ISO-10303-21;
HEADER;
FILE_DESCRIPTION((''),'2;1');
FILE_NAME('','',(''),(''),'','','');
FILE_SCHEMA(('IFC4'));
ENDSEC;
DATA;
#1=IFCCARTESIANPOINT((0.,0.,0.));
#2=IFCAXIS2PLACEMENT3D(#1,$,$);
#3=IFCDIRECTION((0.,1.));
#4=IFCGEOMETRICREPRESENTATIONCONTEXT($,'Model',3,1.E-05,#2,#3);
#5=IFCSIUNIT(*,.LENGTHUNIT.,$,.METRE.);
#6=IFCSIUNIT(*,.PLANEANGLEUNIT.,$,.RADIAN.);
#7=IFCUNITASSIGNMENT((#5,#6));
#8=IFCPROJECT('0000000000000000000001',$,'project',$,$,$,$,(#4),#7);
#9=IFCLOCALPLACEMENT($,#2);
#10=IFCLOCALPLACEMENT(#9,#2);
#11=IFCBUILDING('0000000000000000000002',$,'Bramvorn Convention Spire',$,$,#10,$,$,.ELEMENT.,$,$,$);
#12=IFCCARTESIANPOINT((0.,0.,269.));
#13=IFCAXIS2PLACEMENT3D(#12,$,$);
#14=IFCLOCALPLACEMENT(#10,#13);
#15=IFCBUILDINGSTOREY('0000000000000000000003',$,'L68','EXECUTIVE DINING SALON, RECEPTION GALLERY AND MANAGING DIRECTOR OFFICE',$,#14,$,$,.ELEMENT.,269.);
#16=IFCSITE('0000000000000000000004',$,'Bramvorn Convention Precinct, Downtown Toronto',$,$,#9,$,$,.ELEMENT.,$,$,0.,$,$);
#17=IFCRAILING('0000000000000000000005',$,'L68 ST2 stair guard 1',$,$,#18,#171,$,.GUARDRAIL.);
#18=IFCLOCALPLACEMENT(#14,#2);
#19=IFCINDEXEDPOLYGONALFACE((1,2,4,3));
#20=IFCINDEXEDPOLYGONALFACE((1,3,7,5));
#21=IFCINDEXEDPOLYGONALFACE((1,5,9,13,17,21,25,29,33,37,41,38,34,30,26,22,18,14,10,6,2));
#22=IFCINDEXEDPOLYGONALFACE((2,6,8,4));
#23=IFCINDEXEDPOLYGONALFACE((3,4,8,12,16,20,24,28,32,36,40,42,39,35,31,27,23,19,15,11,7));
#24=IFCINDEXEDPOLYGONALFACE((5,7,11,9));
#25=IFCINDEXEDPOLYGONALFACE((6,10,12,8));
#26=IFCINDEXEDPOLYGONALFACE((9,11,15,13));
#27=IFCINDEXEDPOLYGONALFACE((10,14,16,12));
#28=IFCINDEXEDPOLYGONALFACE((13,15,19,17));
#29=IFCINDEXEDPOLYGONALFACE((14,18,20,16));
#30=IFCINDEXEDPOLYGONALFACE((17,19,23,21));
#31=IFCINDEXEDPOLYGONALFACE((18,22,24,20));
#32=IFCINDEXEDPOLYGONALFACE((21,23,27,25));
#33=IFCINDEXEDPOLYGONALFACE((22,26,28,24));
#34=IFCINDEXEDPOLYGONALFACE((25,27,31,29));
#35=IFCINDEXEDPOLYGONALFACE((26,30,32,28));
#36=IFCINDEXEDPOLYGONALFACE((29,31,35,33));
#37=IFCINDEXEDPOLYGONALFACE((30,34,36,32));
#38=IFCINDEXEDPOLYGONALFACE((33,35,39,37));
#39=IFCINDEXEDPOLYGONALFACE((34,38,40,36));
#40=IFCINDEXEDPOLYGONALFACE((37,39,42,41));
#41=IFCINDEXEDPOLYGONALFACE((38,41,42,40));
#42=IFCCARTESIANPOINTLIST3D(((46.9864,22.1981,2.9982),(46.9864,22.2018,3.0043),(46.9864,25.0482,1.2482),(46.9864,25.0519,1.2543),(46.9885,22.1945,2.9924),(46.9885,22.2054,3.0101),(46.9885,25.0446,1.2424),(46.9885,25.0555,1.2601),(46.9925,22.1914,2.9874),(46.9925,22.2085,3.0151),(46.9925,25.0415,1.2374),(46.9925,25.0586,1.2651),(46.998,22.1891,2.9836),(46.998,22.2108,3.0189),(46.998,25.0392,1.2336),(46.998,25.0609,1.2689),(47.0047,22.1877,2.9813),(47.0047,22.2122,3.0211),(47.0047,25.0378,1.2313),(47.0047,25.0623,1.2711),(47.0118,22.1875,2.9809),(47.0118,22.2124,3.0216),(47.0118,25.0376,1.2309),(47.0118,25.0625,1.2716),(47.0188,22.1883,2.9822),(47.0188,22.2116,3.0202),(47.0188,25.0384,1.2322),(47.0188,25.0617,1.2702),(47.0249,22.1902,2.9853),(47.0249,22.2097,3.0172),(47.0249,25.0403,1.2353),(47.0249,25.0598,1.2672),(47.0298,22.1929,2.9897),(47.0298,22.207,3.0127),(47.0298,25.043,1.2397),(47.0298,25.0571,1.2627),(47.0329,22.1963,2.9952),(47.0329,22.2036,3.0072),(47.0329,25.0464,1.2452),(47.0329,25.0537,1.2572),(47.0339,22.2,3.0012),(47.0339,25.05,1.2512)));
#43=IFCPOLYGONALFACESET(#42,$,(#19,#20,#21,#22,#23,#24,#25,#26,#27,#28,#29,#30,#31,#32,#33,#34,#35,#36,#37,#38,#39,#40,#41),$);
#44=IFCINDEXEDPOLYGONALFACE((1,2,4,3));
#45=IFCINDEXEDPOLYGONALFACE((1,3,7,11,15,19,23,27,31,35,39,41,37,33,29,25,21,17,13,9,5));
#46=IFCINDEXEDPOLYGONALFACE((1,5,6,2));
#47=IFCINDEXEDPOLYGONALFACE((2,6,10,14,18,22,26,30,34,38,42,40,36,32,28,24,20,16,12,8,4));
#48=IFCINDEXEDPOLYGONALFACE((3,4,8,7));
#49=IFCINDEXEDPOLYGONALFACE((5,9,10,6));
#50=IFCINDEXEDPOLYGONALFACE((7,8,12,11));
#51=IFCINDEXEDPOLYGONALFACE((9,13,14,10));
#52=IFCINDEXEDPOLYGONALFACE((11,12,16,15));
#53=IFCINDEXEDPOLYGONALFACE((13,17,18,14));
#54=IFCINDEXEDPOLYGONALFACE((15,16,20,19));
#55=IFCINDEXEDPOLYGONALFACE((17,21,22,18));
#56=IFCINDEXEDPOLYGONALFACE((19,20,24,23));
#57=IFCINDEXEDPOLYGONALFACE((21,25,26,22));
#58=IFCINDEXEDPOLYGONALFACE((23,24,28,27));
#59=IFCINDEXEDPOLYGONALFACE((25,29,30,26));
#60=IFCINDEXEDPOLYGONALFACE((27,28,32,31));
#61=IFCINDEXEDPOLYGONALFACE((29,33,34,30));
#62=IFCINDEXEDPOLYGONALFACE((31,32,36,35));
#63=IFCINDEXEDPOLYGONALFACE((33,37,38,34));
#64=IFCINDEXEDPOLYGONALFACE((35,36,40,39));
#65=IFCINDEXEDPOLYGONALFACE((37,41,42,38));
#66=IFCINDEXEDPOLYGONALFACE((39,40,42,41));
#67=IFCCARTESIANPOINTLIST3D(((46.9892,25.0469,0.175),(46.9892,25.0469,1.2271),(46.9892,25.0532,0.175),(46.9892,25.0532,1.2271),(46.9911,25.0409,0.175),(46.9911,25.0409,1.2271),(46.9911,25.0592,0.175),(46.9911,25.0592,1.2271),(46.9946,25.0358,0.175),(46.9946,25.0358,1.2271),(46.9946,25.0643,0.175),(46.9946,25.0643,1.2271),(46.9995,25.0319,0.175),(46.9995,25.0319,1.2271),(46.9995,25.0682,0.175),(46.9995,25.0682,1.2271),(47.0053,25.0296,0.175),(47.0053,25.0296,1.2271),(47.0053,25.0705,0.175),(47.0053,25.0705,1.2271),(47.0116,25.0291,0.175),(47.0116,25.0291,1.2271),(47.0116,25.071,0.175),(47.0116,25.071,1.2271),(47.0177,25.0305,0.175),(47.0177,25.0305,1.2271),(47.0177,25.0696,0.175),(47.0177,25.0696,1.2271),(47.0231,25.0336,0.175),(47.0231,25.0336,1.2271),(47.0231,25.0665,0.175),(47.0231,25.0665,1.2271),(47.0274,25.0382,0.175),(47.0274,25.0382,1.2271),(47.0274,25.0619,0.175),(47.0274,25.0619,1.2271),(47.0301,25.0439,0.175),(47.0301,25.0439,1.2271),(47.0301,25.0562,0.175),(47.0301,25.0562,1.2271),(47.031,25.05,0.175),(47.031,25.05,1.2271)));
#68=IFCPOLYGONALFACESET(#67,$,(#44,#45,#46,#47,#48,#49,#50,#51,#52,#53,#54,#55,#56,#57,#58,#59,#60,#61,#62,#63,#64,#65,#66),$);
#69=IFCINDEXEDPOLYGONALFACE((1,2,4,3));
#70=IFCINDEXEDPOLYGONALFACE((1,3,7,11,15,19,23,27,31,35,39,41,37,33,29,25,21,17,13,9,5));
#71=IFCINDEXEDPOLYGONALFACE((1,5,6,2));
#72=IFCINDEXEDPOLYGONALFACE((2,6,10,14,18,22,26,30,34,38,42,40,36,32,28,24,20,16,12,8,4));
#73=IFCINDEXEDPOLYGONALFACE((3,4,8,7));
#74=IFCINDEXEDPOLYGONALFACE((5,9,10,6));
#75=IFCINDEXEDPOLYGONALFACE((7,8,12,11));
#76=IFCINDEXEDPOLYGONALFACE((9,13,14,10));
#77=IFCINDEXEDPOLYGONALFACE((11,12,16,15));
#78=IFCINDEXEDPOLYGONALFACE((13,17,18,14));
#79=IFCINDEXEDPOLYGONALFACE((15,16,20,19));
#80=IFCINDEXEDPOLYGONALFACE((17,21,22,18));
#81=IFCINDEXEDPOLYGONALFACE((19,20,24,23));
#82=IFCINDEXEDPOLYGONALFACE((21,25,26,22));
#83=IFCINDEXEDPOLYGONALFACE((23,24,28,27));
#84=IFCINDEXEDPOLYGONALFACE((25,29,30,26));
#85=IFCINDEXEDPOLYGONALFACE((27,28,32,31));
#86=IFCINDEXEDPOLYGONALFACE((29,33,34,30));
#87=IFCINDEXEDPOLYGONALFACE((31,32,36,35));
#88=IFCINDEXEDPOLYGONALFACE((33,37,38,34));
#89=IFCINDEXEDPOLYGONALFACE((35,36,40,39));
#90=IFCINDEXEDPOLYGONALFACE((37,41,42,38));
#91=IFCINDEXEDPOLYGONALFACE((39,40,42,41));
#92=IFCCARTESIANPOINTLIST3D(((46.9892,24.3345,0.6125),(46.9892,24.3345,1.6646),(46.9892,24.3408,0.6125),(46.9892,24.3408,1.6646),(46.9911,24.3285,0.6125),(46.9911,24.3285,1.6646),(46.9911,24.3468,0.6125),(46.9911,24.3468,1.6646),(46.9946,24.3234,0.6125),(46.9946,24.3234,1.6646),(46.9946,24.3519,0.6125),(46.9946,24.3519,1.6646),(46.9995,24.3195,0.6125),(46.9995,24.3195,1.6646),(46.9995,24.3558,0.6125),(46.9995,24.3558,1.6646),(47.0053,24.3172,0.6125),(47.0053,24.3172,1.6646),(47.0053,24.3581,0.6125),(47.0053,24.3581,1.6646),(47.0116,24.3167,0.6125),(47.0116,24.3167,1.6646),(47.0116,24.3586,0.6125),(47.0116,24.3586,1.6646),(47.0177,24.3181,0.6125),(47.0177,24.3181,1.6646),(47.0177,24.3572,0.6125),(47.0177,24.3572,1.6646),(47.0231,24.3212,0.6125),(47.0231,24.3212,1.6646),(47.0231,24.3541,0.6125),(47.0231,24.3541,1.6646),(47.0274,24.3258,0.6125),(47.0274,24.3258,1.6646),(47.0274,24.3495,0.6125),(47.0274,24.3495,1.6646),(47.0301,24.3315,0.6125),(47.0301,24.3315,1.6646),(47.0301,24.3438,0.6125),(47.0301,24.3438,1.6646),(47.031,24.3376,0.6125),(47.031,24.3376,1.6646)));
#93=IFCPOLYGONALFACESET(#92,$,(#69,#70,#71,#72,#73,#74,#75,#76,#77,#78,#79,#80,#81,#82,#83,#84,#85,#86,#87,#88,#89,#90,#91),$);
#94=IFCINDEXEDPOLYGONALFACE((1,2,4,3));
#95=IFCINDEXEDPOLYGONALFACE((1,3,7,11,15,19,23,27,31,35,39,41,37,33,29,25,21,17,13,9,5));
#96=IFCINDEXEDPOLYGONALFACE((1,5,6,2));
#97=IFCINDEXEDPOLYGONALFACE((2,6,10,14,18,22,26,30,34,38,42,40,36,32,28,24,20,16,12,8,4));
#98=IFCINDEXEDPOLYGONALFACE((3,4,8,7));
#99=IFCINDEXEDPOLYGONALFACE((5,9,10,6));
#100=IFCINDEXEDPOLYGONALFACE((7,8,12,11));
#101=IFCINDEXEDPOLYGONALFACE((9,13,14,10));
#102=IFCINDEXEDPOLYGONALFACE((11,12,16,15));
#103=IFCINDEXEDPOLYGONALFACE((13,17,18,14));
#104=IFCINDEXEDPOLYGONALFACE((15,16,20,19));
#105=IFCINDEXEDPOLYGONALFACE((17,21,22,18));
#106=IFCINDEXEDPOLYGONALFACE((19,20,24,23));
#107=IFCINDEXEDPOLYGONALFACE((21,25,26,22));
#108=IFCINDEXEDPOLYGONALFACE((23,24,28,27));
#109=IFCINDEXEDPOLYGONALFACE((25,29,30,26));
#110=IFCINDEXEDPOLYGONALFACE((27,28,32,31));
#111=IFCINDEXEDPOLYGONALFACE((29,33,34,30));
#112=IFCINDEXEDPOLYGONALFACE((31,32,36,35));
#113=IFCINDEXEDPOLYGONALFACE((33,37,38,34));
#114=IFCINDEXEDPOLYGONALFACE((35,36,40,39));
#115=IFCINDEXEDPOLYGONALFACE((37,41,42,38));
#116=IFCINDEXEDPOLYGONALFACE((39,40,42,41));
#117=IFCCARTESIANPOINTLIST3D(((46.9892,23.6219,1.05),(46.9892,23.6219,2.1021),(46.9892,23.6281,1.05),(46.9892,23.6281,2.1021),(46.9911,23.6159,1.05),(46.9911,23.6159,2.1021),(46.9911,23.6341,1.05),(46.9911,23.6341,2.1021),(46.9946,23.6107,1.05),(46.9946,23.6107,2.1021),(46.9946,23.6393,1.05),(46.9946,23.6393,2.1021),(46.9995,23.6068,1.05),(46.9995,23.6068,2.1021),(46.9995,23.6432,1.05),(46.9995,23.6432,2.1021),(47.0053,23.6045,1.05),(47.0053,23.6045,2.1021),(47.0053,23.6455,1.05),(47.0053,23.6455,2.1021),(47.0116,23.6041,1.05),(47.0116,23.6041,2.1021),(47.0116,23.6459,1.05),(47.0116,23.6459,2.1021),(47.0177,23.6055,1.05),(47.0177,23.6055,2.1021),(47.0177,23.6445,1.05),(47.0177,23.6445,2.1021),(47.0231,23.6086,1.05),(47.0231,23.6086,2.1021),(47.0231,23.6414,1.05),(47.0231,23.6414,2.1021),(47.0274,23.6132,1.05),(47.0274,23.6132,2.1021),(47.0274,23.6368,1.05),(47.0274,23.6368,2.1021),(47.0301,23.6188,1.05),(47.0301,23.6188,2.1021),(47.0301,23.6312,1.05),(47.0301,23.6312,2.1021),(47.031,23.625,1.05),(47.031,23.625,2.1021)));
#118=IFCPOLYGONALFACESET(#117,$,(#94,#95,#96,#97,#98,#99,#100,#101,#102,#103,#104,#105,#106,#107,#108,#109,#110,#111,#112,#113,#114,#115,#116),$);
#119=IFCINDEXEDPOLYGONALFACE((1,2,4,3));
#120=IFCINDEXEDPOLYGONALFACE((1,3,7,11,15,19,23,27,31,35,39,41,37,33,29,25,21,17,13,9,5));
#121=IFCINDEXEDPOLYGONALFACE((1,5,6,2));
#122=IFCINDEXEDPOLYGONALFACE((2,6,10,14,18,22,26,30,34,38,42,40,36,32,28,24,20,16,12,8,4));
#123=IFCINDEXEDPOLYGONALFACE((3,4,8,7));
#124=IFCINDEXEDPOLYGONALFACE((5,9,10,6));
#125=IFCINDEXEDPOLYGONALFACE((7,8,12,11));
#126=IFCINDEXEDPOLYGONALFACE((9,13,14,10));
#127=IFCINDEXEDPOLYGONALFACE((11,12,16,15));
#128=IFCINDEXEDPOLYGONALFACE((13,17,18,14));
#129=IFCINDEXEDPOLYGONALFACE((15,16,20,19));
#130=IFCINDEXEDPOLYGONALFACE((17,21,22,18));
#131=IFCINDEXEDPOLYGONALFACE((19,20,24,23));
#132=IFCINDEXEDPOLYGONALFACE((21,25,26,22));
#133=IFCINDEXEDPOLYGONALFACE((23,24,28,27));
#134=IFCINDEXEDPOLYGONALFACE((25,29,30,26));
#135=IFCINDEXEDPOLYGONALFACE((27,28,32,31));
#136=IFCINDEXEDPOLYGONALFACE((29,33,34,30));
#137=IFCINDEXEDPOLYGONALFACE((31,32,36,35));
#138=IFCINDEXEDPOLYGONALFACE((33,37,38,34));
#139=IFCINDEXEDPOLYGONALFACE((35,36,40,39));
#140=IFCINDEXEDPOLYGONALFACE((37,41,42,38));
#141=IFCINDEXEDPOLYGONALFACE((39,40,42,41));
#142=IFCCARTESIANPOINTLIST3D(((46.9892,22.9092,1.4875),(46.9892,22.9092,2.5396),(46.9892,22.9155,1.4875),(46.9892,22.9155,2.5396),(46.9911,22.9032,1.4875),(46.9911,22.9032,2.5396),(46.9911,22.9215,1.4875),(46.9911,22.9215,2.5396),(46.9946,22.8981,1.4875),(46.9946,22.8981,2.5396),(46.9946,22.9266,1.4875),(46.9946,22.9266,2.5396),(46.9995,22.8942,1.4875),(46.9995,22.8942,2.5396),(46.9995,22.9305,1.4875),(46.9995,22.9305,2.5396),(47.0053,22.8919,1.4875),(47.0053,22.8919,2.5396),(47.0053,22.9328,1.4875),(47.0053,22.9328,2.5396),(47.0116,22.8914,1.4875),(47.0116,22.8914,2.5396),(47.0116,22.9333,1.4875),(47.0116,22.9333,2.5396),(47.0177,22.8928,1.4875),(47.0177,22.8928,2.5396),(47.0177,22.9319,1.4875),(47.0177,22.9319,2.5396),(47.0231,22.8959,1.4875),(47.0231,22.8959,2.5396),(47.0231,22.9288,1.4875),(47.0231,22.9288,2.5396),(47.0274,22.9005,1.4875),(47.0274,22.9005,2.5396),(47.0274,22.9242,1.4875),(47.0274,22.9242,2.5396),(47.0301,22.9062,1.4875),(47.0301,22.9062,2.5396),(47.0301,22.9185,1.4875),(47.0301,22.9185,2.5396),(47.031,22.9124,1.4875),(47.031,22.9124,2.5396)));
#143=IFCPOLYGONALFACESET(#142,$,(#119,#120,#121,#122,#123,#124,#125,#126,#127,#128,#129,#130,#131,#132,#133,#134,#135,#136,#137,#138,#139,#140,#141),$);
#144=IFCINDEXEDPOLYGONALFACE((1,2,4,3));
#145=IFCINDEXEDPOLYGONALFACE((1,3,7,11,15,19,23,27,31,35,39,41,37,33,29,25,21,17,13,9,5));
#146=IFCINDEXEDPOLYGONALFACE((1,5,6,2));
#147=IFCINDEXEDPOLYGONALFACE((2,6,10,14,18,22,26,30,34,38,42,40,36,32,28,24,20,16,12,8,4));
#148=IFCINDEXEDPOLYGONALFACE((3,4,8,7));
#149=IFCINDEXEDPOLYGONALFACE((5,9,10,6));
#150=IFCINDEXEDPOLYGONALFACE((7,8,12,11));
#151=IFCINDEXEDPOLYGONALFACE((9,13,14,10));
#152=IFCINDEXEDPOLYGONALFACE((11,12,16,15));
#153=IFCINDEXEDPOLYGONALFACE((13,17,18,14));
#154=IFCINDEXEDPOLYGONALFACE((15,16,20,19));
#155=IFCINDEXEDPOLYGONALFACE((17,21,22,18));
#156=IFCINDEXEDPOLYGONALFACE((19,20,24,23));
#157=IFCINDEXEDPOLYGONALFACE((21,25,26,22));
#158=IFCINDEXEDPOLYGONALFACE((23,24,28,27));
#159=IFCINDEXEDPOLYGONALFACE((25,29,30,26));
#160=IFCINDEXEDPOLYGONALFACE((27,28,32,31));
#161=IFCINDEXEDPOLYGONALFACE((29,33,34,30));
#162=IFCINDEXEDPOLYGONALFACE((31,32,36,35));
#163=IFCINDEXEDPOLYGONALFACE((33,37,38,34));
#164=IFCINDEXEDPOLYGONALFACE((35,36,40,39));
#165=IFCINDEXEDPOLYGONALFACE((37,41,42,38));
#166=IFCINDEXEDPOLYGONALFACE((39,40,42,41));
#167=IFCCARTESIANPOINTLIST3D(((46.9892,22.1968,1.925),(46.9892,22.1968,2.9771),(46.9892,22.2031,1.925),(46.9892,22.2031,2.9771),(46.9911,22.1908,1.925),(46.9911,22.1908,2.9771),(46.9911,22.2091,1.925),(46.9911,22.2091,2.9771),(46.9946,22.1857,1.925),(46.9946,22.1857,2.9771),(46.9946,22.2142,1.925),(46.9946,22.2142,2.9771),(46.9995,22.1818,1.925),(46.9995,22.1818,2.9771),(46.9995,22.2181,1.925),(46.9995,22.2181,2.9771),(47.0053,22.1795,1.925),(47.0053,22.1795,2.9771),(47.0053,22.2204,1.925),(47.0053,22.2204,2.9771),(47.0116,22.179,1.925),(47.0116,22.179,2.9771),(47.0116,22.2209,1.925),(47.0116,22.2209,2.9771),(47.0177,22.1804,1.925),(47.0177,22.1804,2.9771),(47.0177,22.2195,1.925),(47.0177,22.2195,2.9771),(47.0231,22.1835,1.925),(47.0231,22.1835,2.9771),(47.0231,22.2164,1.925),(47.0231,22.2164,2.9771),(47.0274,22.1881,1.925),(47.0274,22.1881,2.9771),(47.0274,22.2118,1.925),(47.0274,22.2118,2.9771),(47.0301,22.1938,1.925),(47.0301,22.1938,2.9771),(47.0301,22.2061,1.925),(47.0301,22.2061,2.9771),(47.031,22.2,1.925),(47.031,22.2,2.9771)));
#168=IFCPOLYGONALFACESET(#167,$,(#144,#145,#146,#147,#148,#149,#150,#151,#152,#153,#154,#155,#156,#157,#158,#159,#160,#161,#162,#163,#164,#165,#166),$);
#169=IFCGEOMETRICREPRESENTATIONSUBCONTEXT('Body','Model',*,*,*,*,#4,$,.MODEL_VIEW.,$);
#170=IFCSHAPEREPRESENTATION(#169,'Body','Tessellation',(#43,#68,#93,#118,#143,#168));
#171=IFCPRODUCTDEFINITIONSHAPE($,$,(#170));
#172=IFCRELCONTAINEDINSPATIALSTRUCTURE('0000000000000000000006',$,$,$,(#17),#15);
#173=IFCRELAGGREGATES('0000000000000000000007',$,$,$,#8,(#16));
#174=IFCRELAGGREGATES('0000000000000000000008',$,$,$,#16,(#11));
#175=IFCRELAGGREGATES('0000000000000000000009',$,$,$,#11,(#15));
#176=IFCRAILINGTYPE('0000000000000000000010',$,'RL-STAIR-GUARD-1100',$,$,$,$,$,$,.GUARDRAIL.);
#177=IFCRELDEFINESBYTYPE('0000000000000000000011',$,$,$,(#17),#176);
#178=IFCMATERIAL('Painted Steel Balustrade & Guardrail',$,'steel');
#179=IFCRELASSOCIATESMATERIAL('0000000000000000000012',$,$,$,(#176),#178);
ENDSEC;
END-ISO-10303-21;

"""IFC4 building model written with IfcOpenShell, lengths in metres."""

from ifc_helpers import new_model, si_unit, direction, frame, origin, origin_2d, place, context, subcontext, project, spatial, circle, extrude, material, type_object, element, save


model = new_model("IFC4")

# Units and contexts
model_context = context("Model", 3, precision=1e-05, world=origin(), true_north=direction((0.0, 1.0)))
body_context = subcontext(model_context, "Body", "Model", "MODEL_VIEW")
ifc_project = project(units=[si_unit("LENGTHUNIT", "METRE"), si_unit("PLANEANGLEUNIT", "RADIAN")], contexts=[model_context])

# Site, building, storey
site_placement = place(None, origin())
site = spatial("IfcSite", under=ifc_project, at=site_placement, Name="Bramvorn Convention Precinct, Downtown Toronto", CompositionType="ELEMENT", RefElevation=0.0)
building_placement = place(site_placement, origin())
building = spatial("IfcBuilding", under=site, at=building_placement, Name="Bramvorn Convention Spire", CompositionType="ELEMENT")
storey_placement = place(building_placement, frame((0.0, 0.0, 269.0)))
storey = spatial("IfcBuildingStorey", under=building, at=storey_placement, Name="L68", Description="EXECUTIVE DINING SALON, RECEPTION GALLERY AND MANAGING DIRECTOR OFFICE", CompositionType="ELEMENT", Elevation=269.0)

# Railing
ifc_material_1 = material(Name="Painted Steel Balustrade & Guardrail", Category="steel")
railing_type = type_object("IfcRailingType", Name="RL-STAIR-GUARD-1100", PredefinedType="GUARDRAIL", material=ifc_material_1)
railing_1_placement = place(storey_placement, frame((47.01, 25.05, 0.175)))
element("IfcRailing", 1, at=railing_1_placement, inside=storey, type_object=railing_type, Name="L68 ST2 stair guard 1", PredefinedType="GUARDRAIL", context=body_context, shape_type="SweptSolid", body=[
    extrude(circle(Radius=0.0239, at=origin_2d()), frame((0.0, 0.0, 1.0762), z_axis=(0.0, -0.852179, 0.52325), x_axis=(1.0, 0.0, 0.0)), (0.0, 0.0, 1.0), 3.3445),
    extrude(circle(Radius=0.021, at=origin_2d()), origin(), (0.0, 0.0, 1.0), 1.052),
    extrude(circle(Radius=0.021, at=origin_2d()), frame((0.0, -0.7124, 0.4375)), (0.0, 0.0, 1.0), 1.052),
    extrude(circle(Radius=0.021, at=origin_2d()), frame((0.0, -1.425, 0.875)), (0.0, 0.0, 1.0), 1.052),
    extrude(circle(Radius=0.021, at=origin_2d()), frame((0.0, -2.1377, 1.3125)), (0.0, 0.0, 1.0), 1.052),
    extrude(circle(Radius=0.021, at=origin_2d()), frame((0.0, -2.8501, 1.75)), (0.0, 0.0, 1.0), 1.052),
])

save(model, "model.ifc")
